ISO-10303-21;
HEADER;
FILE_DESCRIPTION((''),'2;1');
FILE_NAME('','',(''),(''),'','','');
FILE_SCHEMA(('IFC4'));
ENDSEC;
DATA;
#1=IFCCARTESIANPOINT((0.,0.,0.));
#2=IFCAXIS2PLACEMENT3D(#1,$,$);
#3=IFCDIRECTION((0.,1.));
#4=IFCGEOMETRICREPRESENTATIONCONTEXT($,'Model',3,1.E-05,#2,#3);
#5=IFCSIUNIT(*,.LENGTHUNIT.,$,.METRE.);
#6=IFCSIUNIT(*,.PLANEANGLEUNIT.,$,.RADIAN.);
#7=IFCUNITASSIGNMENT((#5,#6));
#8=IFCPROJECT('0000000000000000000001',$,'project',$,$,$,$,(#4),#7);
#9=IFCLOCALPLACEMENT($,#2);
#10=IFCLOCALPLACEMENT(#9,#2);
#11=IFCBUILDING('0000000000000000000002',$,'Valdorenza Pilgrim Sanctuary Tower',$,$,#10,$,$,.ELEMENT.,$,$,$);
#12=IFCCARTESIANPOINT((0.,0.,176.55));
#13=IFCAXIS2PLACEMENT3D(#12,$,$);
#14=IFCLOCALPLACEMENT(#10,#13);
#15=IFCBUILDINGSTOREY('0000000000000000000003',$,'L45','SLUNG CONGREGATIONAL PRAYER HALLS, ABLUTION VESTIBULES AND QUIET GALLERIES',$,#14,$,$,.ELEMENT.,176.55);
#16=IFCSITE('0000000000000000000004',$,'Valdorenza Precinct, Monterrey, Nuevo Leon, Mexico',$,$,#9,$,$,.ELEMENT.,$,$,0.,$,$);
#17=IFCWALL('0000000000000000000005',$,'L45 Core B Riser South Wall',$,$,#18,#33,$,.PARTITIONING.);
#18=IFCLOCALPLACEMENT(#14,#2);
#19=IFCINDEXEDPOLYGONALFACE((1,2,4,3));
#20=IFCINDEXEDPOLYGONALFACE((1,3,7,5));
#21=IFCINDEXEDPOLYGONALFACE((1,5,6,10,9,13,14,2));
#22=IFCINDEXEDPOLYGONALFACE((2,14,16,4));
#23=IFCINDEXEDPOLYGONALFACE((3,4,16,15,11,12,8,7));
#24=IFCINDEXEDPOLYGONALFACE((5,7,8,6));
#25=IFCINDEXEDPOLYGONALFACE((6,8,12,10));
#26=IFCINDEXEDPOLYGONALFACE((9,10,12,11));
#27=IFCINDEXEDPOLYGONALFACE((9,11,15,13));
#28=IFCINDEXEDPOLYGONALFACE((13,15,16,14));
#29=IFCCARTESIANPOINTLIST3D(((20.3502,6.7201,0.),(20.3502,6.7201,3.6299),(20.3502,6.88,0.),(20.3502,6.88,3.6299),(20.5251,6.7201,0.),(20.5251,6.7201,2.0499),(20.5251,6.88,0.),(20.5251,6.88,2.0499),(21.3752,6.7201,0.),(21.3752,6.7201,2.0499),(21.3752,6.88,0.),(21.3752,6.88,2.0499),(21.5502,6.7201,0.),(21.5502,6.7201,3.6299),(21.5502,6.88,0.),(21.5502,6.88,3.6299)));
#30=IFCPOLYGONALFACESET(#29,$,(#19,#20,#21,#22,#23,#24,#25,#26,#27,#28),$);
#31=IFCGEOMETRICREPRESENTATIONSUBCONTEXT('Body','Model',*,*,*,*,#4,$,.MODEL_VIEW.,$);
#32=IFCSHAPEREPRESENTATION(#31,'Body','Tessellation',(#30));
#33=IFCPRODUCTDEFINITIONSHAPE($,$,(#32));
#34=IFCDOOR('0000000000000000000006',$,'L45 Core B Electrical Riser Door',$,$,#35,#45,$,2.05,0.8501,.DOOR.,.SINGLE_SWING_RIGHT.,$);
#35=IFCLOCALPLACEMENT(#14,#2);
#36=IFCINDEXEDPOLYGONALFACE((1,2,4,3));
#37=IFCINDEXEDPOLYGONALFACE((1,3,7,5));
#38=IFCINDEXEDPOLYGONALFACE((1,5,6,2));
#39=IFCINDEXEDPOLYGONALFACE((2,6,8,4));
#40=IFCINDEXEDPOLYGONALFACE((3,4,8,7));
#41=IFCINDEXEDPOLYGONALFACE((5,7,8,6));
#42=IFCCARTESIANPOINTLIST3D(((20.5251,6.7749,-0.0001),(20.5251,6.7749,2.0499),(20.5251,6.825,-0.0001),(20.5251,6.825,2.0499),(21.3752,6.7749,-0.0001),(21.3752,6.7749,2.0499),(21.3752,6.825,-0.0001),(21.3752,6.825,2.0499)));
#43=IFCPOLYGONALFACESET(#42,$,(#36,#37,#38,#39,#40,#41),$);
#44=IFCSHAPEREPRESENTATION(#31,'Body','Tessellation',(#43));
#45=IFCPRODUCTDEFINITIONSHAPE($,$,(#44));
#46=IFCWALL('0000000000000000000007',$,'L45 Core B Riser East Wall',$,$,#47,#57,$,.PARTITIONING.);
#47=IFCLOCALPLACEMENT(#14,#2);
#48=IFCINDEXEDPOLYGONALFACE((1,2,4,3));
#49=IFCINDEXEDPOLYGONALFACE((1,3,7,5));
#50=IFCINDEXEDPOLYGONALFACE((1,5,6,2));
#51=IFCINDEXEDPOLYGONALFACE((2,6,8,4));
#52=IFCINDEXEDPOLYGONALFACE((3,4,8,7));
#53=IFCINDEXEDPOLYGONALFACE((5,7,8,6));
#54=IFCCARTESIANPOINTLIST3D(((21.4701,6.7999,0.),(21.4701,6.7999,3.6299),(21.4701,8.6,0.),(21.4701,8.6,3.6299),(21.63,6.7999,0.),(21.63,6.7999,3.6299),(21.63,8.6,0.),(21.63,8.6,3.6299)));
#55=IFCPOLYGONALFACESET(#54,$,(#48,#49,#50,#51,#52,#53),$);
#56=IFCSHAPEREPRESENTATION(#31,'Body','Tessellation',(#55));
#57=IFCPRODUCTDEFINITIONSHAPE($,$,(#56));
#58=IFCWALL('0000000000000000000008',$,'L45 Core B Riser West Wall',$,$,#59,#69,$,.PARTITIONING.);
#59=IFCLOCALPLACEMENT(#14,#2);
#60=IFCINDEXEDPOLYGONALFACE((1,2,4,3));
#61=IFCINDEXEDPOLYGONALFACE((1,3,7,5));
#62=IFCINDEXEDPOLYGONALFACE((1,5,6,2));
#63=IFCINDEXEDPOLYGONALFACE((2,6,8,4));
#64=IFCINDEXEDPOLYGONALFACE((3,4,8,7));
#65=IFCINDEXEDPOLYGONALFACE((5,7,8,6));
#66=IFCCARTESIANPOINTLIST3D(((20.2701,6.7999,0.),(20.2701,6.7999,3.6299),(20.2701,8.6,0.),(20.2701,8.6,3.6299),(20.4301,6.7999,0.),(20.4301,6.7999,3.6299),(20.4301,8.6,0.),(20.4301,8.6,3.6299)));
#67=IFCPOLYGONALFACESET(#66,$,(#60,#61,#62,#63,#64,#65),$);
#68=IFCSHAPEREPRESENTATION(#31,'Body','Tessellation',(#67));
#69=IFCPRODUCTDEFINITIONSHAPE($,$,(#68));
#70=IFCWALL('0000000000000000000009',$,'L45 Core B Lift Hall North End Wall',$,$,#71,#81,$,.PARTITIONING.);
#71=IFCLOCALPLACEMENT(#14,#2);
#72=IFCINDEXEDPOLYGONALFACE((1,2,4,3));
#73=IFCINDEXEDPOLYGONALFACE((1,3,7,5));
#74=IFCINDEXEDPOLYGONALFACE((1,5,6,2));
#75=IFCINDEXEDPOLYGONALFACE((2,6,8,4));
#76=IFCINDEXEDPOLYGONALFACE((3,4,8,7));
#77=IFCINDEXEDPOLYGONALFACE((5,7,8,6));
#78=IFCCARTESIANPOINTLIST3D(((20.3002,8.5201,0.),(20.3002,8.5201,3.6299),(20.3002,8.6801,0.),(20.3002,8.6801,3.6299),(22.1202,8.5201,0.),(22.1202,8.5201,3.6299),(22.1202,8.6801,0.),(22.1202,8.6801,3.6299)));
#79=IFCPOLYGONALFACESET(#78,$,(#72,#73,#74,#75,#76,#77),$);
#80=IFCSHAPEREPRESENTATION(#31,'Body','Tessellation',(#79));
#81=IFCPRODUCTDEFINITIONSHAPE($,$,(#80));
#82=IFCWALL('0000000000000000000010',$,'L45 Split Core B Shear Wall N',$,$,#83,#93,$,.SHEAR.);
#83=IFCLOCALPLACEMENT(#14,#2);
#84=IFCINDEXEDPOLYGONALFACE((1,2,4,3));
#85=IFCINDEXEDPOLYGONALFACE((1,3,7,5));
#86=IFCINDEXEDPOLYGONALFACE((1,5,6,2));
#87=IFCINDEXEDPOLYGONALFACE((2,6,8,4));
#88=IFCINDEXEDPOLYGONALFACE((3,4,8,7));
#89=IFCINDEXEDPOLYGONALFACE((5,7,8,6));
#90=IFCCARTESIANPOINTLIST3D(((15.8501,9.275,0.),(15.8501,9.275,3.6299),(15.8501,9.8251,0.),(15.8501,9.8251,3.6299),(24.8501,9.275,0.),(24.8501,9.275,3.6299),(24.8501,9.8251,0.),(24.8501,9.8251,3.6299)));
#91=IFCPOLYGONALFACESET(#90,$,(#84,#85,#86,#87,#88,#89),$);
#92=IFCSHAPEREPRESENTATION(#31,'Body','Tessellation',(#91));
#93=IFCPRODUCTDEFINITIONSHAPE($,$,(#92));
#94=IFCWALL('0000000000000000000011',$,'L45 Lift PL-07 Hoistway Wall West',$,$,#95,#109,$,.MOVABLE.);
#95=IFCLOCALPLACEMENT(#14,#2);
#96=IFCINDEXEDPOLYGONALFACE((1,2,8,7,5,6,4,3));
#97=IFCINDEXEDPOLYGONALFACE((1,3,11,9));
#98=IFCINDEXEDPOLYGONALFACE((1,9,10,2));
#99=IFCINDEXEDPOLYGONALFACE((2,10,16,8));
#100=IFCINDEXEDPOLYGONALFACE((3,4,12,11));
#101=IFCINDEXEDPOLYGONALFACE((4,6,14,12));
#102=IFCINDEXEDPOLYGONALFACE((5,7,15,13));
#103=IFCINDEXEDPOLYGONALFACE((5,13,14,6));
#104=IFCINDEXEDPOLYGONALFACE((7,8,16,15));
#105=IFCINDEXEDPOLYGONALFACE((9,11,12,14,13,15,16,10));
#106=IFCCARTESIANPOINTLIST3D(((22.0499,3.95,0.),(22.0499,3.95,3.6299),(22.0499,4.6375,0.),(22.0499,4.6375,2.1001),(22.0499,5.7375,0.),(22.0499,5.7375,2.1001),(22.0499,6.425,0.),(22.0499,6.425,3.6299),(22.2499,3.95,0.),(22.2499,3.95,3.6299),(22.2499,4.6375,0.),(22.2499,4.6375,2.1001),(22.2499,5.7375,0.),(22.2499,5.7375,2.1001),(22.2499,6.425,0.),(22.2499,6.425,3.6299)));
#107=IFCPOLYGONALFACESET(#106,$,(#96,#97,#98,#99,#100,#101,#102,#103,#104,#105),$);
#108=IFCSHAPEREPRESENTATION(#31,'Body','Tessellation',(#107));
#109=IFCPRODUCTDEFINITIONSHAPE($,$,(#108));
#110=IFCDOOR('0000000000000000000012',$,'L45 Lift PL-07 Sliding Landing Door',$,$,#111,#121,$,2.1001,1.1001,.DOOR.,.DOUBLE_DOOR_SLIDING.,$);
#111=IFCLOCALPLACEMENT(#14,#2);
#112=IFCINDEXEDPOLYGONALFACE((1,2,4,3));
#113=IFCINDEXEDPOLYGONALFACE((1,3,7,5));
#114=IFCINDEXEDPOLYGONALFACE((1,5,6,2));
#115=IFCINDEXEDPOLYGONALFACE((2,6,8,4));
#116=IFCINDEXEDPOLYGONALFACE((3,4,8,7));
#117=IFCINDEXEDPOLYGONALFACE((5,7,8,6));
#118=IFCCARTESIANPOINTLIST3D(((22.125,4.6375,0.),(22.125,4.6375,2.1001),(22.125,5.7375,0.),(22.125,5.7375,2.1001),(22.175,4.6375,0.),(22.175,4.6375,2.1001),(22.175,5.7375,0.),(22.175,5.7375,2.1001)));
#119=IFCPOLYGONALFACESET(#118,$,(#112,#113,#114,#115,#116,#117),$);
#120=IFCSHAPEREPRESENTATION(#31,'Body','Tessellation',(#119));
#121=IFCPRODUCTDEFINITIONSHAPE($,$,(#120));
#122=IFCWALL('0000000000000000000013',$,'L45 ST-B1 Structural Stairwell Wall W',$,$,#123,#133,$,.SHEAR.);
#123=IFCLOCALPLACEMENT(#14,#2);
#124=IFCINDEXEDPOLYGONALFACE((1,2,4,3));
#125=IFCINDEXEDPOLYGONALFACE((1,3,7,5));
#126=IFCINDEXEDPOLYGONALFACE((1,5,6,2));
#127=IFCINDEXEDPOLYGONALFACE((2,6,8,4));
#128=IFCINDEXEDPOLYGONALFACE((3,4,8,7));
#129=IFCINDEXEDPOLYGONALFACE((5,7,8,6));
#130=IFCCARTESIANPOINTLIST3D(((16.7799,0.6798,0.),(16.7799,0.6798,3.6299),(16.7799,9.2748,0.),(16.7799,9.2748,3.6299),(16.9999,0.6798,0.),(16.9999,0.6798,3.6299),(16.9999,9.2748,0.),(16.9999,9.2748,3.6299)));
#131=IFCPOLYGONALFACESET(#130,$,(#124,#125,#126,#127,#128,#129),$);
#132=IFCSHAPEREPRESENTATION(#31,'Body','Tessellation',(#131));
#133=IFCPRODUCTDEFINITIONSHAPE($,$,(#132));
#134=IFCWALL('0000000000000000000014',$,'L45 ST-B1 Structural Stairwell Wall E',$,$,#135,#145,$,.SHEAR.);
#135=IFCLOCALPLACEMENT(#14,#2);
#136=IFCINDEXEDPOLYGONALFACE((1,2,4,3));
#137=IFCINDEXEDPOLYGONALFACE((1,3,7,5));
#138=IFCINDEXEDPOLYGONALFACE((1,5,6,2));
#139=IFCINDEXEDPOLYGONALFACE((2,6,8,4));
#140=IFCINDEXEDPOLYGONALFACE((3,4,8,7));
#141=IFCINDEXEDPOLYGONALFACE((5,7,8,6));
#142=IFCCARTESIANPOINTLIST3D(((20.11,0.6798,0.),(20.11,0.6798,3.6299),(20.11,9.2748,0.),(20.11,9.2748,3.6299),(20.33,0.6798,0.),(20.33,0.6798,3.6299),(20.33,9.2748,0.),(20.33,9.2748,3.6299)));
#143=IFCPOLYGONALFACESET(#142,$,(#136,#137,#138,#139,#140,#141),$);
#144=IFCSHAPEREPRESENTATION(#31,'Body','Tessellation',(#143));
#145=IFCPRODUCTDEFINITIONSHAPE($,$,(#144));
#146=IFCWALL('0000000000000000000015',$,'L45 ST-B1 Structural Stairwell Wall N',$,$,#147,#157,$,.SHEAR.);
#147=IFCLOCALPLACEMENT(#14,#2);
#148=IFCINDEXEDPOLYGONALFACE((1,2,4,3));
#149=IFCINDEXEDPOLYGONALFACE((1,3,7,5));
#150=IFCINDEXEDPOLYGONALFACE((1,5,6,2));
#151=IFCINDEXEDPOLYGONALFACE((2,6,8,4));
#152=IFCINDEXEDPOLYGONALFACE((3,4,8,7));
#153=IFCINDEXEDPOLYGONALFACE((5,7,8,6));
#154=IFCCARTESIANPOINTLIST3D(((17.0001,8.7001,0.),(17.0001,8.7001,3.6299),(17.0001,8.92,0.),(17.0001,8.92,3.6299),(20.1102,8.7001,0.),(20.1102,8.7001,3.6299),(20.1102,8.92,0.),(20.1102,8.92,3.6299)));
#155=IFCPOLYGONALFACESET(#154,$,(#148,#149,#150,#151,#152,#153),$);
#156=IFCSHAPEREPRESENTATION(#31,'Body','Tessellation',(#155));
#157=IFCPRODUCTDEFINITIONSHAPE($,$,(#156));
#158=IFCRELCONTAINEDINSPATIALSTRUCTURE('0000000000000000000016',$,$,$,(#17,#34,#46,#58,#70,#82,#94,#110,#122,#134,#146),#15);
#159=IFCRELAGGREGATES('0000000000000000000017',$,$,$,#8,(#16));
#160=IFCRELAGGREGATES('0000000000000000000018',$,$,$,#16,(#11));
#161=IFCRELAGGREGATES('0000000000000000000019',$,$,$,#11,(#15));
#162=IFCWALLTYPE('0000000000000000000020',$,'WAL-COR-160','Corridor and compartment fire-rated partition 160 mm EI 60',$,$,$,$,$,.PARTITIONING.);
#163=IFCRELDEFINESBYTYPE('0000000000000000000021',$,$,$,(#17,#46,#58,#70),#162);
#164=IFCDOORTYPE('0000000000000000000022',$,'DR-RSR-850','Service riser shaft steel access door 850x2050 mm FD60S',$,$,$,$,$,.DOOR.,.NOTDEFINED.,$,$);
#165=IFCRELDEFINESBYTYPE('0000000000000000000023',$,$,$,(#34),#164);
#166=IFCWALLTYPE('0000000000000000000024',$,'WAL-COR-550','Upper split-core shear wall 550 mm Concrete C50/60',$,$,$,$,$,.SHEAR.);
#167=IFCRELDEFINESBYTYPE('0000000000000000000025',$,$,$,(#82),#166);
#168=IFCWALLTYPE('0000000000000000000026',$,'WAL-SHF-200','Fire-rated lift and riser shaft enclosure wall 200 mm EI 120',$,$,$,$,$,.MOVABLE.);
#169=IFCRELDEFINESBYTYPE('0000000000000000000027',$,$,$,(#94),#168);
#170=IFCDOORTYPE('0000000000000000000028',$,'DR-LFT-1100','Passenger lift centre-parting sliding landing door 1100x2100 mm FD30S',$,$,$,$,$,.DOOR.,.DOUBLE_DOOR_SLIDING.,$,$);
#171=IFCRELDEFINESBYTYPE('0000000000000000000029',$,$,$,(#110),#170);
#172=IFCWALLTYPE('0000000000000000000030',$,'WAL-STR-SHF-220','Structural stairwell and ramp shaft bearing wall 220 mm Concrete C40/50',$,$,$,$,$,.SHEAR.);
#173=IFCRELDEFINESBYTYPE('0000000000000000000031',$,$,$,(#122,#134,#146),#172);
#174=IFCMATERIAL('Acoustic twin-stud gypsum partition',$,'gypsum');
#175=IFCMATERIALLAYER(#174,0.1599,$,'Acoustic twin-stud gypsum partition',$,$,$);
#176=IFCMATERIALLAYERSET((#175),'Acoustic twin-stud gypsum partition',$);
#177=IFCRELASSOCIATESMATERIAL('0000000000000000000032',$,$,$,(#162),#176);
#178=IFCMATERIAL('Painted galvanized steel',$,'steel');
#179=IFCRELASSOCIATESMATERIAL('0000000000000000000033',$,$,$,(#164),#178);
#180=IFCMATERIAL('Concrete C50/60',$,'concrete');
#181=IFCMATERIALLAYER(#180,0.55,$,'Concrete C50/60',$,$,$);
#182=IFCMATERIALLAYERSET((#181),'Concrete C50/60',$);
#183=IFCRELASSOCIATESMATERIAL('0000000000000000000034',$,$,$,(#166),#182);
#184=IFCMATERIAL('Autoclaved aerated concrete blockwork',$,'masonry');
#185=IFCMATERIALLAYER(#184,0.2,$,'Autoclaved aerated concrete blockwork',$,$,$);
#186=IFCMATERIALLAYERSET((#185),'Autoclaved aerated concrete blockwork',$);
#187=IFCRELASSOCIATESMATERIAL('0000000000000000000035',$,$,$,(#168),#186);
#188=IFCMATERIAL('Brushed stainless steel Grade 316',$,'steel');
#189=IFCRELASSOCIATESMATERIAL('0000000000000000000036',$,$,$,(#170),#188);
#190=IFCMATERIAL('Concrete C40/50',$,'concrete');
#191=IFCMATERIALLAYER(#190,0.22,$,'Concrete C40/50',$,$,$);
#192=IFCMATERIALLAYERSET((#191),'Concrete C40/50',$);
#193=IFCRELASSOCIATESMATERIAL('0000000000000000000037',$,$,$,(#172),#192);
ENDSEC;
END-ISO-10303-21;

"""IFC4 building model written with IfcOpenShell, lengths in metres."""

from ifc_helpers import new_model, si_unit, direction, frame, frame_2d, origin, place, context, subcontext, project, spatial, rectangle, extrude, material, layer, layer_set, type_object, element, fill, save


model = new_model("IFC4")

# Units and contexts
model_context = context("Model", 3, precision=1e-05, world=origin(), true_north=direction((0.0, 1.0)))
body_context = subcontext(model_context, "Body", "Model", "MODEL_VIEW")
ifc_project = project(units=[si_unit("LENGTHUNIT", "METRE"), si_unit("PLANEANGLEUNIT", "RADIAN")], contexts=[model_context])

# Site, building, storey
site_placement = place(None, origin())
site = spatial("IfcSite", under=ifc_project, at=site_placement, Name="Valdorenza Precinct, Monterrey, Nuevo Leon, Mexico", CompositionType="ELEMENT", RefElevation=0.0)
building_placement = place(site_placement, origin())
building = spatial("IfcBuilding", under=site, at=building_placement, Name="Valdorenza Pilgrim Sanctuary Tower", CompositionType="ELEMENT")
storey_placement = place(building_placement, frame((0.0, 0.0, 176.55)))
storey = spatial("IfcBuildingStorey", under=building, at=storey_placement, Name="L45", Description="SLUNG CONGREGATIONAL PRAYER HALLS, ABLUTION VESTIBULES AND QUIET GALLERIES", CompositionType="ELEMENT", Elevation=176.55)

# Wall, opening, door
ifc_material_1 = material(Name="Acoustic twin-stud gypsum partition", Category="gypsum")
ifc_layer_1 = layer(ifc_material_1, 0.1599, Name="Acoustic twin-stud gypsum partition")
ifc_layer_set_1 = layer_set([ifc_layer_1], Name="Acoustic twin-stud gypsum partition")
wall_type_1 = type_object("IfcWallType", Name="WAL-COR-160", Description="Corridor and compartment fire-rated partition 160 mm EI 60", PredefinedType="PARTITIONING", material=ifc_layer_set_1)
wall_1_placement = place(storey_placement, frame((20.3501, 6.8, 0.0), z_axis=(0.0, 0.0, 1.0), x_axis=(1.0, 0.0, 0.0)))
wall_1 = element("IfcWall", 1, at=wall_1_placement, inside=storey, type_object=wall_type_1, Name="L45 Core B Riser South Wall", PredefinedType="PARTITIONING", context=body_context, shape_type="SweptSolid", body=[
    extrude(rectangle(XDim=1.2, YDim=0.1599, at=frame_2d((0.6001, 0.0))), origin(), (0.0, 0.0, 1.0), 3.6299),
])
opening_1_placement = place(wall_1_placement, frame((0.175, 0.0, 0.0)))
opening_1 = element("IfcOpeningElement", 2, at=opening_1_placement, cuts=wall_1, PredefinedType="OPENING", context=body_context, shape_type="SweptSolid", body=[
    extrude(rectangle(XDim=0.8501, YDim=2.05, at=frame_2d((0.425, 1.0249))), frame((0.0, 0.0947, 0.0), z_axis=(0.0, -1.0, 0.0), x_axis=(1.0, 0.0, 0.0)), (0.0, 0.0, 1.0), 0.1897),
])
ifc_material_2 = material(Name="Painted galvanized steel", Category="steel")
door_type_1 = type_object("IfcDoorType", Name="DR-RSR-850", Description="Service riser shaft steel access door 850x2050 mm FD60S", OperationType="NOTDEFINED", PredefinedType="DOOR", material=ifc_material_2)
door_1_placement = place(opening_1_placement, origin())
door_1 = element("IfcDoor", 3, at=door_1_placement, inside=storey, type_object=door_type_1, Name="L45 Core B Electrical Riser Door", OperationType="SINGLE_SWING_RIGHT", OverallHeight=2.05, OverallWidth=0.8501, PredefinedType="DOOR", context=body_context, shape_type="SweptSolid", body=[
    extrude(rectangle(XDim=0.8501, YDim=2.05, at=frame_2d((0.425, 1.0249))), frame((0.0, 0.0249, 0.0), z_axis=(0.0, -1.0, 0.0), x_axis=(1.0, 0.0, 0.0)), (0.0, 0.0, 1.0), 0.05),
])
fill(opening_1, door_1)

# Walls
for number, where, z_axis, x_axis, name in (
    (4, (21.55, 6.8, 0.0), (0.0, 0.0, 1.0), (0.0, 1.0, 0.0), "L45 Core B Riser East Wall"),
    (5, (20.3501, 6.8, 0.0), (0.0, 0.0, 1.0), (0.0, 1.0, 0.0), "L45 Core B Riser West Wall"),
):
    element("IfcWall", number, at=place(storey_placement, frame(where, z_axis=z_axis, x_axis=x_axis)), inside=storey, type_object=wall_type_1, Name=name, PredefinedType="PARTITIONING", context=body_context, shape_type="SweptSolid", body=[
        extrude(rectangle(XDim=1.8, YDim=0.1599, at=frame_2d((0.8999, 0.0))), origin(), (0.0, 0.0, 1.0), 3.6299),
    ])
wall_2_placement = place(storey_placement, frame((20.3, 8.6001, 0.0), z_axis=(0.0, 0.0, 1.0), x_axis=(1.0, 0.0, 0.0)))
element("IfcWall", 6, at=wall_2_placement, inside=storey, type_object=wall_type_1, Name="L45 Core B Lift Hall North End Wall", PredefinedType="PARTITIONING", context=body_context, shape_type="SweptSolid", body=[
    extrude(rectangle(XDim=1.8201, YDim=0.1599, at=frame_2d((0.9102, 0.0))), origin(), (0.0, 0.0, 1.0), 3.6299),
])
ifc_material_3 = material(Name="Concrete C50/60", Category="concrete")
ifc_layer_2 = layer(ifc_material_3, 0.55, Name="Concrete C50/60")
ifc_layer_set_2 = layer_set([ifc_layer_2], Name="Concrete C50/60")
wall_type_2 = type_object("IfcWallType", Name="WAL-COR-550", Description="Upper split-core shear wall 550 mm Concrete C50/60", PredefinedType="SHEAR", material=ifc_layer_set_2)
wall_3_placement = place(storey_placement, frame((15.8501, 9.55, 0.0), z_axis=(0.0, 0.0, 1.0), x_axis=(1.0, 0.0, 0.0)))
element("IfcWall", 7, at=wall_3_placement, inside=storey, type_object=wall_type_2, Name="L45 Split Core B Shear Wall N", PredefinedType="SHEAR", context=body_context, shape_type="SweptSolid", body=[
    extrude(rectangle(XDim=9.0, YDim=0.55, at=frame_2d((4.5, 0.0))), origin(), (0.0, 0.0, 1.0), 3.6299),
])

# Wall, opening, door
ifc_material_4 = material(Name="Autoclaved aerated concrete blockwork", Category="masonry")
ifc_layer_3 = layer(ifc_material_4, 0.2, Name="Autoclaved aerated concrete blockwork")
ifc_layer_set_3 = layer_set([ifc_layer_3], Name="Autoclaved aerated concrete blockwork")
wall_type_3 = type_object("IfcWallType", Name="WAL-SHF-200", Description="Fire-rated lift and riser shaft enclosure wall 200 mm EI 120", PredefinedType="MOVABLE", material=ifc_layer_set_3)
wall_4_placement = place(storey_placement, frame((22.1499, 3.95, 0.0), z_axis=(0.0, 0.0, 1.0), x_axis=(0.0, 1.0, 0.0)))
wall_4 = element("IfcWall", 8, at=wall_4_placement, inside=storey, type_object=wall_type_3, Name="L45 Lift PL-07 Hoistway Wall West", PredefinedType="MOVABLE", context=body_context, shape_type="SweptSolid", body=[
    extrude(rectangle(XDim=2.4751, YDim=0.2, at=frame_2d((1.2375, 0.0))), origin(), (0.0, 0.0, 1.0), 3.6299),
])
opening_2_placement = place(wall_4_placement, frame((0.6875, 0.0, 0.0)))
opening_2 = element("IfcOpeningElement", 9, at=opening_2_placement, cuts=wall_4, PredefinedType="OPENING", context=body_context, shape_type="SweptSolid", body=[
    extrude(rectangle(XDim=1.1001, YDim=2.1001, at=frame_2d((0.55, 1.05))), frame((0.0, 0.1147, 0.0), z_axis=(0.0, -1.0, 0.0), x_axis=(1.0, 0.0, 0.0)), (0.0, 0.0, 1.0), 0.2297),
])
ifc_material_5 = material(Name="Brushed stainless steel Grade 316", Category="steel")
door_type_2 = type_object("IfcDoorType", Name="DR-LFT-1100", Description="Passenger lift centre-parting sliding landing door 1100x2100 mm FD30S", OperationType="DOUBLE_DOOR_SLIDING", PredefinedType="DOOR", material=ifc_material_5)
door_2_placement = place(opening_2_placement, origin())
door_2 = element("IfcDoor", 10, at=door_2_placement, inside=storey, type_object=door_type_2, Name="L45 Lift PL-07 Sliding Landing Door", OperationType="DOUBLE_DOOR_SLIDING", OverallHeight=2.1001, OverallWidth=1.1001, PredefinedType="DOOR", context=body_context, shape_type="SweptSolid", body=[
    extrude(rectangle(XDim=1.1001, YDim=2.1001, at=frame_2d((0.55, 1.05))), frame((0.0, 0.0249, 0.0), z_axis=(0.0, -1.0, 0.0), x_axis=(1.0, 0.0, 0.0)), (0.0, 0.0, 1.0), 0.05),
])
fill(opening_2, door_2)

# Walls
ifc_material_6 = material(Name="Concrete C40/50", Category="concrete")
ifc_layer_4 = layer(ifc_material_6, 0.22, Name="Concrete C40/50")
ifc_layer_set_4 = layer_set([ifc_layer_4], Name="Concrete C40/50")
wall_type_4 = type_object("IfcWallType", Name="WAL-STR-SHF-220", Description="Structural stairwell and ramp shaft bearing wall 220 mm Concrete C40/50", PredefinedType="SHEAR", material=ifc_layer_set_4)
for number, where, z_axis, x_axis, name in (
    (11, (16.8899, 0.6799, 0.0), (0.0, 0.0, 1.0), (0.0, 1.0, 0.0), "L45 ST-B1 Structural Stairwell Wall W"),
    (12, (20.22, 0.6799, 0.0), (0.0, 0.0, 1.0), (0.0, 1.0, 0.0), "L45 ST-B1 Structural Stairwell Wall E"),
):
    element("IfcWall", number, at=place(storey_placement, frame(where, z_axis=z_axis, x_axis=x_axis)), inside=storey, type_object=wall_type_4, Name=name, PredefinedType="SHEAR", context=body_context, shape_type="SweptSolid", body=[
        extrude(rectangle(XDim=8.595, YDim=0.22, at=frame_2d((4.2974, 0.0))), origin(), (0.0, 0.0, 1.0), 3.6299),
    ])

# Wall
wall_5_placement = place(storey_placement, frame((17.0, 8.8101, 0.0), z_axis=(0.0, 0.0, 1.0), x_axis=(1.0, 0.0, 0.0)))
element("IfcWall", 13, at=wall_5_placement, inside=storey, type_object=wall_type_4, Name="L45 ST-B1 Structural Stairwell Wall N", PredefinedType="SHEAR", context=body_context, shape_type="SweptSolid", body=[
    extrude(rectangle(XDim=3.1101, YDim=0.22, at=frame_2d((1.5552, 0.0))), origin(), (0.0, 0.0, 1.0), 3.6299),
])

save(model, "model.ifc")
